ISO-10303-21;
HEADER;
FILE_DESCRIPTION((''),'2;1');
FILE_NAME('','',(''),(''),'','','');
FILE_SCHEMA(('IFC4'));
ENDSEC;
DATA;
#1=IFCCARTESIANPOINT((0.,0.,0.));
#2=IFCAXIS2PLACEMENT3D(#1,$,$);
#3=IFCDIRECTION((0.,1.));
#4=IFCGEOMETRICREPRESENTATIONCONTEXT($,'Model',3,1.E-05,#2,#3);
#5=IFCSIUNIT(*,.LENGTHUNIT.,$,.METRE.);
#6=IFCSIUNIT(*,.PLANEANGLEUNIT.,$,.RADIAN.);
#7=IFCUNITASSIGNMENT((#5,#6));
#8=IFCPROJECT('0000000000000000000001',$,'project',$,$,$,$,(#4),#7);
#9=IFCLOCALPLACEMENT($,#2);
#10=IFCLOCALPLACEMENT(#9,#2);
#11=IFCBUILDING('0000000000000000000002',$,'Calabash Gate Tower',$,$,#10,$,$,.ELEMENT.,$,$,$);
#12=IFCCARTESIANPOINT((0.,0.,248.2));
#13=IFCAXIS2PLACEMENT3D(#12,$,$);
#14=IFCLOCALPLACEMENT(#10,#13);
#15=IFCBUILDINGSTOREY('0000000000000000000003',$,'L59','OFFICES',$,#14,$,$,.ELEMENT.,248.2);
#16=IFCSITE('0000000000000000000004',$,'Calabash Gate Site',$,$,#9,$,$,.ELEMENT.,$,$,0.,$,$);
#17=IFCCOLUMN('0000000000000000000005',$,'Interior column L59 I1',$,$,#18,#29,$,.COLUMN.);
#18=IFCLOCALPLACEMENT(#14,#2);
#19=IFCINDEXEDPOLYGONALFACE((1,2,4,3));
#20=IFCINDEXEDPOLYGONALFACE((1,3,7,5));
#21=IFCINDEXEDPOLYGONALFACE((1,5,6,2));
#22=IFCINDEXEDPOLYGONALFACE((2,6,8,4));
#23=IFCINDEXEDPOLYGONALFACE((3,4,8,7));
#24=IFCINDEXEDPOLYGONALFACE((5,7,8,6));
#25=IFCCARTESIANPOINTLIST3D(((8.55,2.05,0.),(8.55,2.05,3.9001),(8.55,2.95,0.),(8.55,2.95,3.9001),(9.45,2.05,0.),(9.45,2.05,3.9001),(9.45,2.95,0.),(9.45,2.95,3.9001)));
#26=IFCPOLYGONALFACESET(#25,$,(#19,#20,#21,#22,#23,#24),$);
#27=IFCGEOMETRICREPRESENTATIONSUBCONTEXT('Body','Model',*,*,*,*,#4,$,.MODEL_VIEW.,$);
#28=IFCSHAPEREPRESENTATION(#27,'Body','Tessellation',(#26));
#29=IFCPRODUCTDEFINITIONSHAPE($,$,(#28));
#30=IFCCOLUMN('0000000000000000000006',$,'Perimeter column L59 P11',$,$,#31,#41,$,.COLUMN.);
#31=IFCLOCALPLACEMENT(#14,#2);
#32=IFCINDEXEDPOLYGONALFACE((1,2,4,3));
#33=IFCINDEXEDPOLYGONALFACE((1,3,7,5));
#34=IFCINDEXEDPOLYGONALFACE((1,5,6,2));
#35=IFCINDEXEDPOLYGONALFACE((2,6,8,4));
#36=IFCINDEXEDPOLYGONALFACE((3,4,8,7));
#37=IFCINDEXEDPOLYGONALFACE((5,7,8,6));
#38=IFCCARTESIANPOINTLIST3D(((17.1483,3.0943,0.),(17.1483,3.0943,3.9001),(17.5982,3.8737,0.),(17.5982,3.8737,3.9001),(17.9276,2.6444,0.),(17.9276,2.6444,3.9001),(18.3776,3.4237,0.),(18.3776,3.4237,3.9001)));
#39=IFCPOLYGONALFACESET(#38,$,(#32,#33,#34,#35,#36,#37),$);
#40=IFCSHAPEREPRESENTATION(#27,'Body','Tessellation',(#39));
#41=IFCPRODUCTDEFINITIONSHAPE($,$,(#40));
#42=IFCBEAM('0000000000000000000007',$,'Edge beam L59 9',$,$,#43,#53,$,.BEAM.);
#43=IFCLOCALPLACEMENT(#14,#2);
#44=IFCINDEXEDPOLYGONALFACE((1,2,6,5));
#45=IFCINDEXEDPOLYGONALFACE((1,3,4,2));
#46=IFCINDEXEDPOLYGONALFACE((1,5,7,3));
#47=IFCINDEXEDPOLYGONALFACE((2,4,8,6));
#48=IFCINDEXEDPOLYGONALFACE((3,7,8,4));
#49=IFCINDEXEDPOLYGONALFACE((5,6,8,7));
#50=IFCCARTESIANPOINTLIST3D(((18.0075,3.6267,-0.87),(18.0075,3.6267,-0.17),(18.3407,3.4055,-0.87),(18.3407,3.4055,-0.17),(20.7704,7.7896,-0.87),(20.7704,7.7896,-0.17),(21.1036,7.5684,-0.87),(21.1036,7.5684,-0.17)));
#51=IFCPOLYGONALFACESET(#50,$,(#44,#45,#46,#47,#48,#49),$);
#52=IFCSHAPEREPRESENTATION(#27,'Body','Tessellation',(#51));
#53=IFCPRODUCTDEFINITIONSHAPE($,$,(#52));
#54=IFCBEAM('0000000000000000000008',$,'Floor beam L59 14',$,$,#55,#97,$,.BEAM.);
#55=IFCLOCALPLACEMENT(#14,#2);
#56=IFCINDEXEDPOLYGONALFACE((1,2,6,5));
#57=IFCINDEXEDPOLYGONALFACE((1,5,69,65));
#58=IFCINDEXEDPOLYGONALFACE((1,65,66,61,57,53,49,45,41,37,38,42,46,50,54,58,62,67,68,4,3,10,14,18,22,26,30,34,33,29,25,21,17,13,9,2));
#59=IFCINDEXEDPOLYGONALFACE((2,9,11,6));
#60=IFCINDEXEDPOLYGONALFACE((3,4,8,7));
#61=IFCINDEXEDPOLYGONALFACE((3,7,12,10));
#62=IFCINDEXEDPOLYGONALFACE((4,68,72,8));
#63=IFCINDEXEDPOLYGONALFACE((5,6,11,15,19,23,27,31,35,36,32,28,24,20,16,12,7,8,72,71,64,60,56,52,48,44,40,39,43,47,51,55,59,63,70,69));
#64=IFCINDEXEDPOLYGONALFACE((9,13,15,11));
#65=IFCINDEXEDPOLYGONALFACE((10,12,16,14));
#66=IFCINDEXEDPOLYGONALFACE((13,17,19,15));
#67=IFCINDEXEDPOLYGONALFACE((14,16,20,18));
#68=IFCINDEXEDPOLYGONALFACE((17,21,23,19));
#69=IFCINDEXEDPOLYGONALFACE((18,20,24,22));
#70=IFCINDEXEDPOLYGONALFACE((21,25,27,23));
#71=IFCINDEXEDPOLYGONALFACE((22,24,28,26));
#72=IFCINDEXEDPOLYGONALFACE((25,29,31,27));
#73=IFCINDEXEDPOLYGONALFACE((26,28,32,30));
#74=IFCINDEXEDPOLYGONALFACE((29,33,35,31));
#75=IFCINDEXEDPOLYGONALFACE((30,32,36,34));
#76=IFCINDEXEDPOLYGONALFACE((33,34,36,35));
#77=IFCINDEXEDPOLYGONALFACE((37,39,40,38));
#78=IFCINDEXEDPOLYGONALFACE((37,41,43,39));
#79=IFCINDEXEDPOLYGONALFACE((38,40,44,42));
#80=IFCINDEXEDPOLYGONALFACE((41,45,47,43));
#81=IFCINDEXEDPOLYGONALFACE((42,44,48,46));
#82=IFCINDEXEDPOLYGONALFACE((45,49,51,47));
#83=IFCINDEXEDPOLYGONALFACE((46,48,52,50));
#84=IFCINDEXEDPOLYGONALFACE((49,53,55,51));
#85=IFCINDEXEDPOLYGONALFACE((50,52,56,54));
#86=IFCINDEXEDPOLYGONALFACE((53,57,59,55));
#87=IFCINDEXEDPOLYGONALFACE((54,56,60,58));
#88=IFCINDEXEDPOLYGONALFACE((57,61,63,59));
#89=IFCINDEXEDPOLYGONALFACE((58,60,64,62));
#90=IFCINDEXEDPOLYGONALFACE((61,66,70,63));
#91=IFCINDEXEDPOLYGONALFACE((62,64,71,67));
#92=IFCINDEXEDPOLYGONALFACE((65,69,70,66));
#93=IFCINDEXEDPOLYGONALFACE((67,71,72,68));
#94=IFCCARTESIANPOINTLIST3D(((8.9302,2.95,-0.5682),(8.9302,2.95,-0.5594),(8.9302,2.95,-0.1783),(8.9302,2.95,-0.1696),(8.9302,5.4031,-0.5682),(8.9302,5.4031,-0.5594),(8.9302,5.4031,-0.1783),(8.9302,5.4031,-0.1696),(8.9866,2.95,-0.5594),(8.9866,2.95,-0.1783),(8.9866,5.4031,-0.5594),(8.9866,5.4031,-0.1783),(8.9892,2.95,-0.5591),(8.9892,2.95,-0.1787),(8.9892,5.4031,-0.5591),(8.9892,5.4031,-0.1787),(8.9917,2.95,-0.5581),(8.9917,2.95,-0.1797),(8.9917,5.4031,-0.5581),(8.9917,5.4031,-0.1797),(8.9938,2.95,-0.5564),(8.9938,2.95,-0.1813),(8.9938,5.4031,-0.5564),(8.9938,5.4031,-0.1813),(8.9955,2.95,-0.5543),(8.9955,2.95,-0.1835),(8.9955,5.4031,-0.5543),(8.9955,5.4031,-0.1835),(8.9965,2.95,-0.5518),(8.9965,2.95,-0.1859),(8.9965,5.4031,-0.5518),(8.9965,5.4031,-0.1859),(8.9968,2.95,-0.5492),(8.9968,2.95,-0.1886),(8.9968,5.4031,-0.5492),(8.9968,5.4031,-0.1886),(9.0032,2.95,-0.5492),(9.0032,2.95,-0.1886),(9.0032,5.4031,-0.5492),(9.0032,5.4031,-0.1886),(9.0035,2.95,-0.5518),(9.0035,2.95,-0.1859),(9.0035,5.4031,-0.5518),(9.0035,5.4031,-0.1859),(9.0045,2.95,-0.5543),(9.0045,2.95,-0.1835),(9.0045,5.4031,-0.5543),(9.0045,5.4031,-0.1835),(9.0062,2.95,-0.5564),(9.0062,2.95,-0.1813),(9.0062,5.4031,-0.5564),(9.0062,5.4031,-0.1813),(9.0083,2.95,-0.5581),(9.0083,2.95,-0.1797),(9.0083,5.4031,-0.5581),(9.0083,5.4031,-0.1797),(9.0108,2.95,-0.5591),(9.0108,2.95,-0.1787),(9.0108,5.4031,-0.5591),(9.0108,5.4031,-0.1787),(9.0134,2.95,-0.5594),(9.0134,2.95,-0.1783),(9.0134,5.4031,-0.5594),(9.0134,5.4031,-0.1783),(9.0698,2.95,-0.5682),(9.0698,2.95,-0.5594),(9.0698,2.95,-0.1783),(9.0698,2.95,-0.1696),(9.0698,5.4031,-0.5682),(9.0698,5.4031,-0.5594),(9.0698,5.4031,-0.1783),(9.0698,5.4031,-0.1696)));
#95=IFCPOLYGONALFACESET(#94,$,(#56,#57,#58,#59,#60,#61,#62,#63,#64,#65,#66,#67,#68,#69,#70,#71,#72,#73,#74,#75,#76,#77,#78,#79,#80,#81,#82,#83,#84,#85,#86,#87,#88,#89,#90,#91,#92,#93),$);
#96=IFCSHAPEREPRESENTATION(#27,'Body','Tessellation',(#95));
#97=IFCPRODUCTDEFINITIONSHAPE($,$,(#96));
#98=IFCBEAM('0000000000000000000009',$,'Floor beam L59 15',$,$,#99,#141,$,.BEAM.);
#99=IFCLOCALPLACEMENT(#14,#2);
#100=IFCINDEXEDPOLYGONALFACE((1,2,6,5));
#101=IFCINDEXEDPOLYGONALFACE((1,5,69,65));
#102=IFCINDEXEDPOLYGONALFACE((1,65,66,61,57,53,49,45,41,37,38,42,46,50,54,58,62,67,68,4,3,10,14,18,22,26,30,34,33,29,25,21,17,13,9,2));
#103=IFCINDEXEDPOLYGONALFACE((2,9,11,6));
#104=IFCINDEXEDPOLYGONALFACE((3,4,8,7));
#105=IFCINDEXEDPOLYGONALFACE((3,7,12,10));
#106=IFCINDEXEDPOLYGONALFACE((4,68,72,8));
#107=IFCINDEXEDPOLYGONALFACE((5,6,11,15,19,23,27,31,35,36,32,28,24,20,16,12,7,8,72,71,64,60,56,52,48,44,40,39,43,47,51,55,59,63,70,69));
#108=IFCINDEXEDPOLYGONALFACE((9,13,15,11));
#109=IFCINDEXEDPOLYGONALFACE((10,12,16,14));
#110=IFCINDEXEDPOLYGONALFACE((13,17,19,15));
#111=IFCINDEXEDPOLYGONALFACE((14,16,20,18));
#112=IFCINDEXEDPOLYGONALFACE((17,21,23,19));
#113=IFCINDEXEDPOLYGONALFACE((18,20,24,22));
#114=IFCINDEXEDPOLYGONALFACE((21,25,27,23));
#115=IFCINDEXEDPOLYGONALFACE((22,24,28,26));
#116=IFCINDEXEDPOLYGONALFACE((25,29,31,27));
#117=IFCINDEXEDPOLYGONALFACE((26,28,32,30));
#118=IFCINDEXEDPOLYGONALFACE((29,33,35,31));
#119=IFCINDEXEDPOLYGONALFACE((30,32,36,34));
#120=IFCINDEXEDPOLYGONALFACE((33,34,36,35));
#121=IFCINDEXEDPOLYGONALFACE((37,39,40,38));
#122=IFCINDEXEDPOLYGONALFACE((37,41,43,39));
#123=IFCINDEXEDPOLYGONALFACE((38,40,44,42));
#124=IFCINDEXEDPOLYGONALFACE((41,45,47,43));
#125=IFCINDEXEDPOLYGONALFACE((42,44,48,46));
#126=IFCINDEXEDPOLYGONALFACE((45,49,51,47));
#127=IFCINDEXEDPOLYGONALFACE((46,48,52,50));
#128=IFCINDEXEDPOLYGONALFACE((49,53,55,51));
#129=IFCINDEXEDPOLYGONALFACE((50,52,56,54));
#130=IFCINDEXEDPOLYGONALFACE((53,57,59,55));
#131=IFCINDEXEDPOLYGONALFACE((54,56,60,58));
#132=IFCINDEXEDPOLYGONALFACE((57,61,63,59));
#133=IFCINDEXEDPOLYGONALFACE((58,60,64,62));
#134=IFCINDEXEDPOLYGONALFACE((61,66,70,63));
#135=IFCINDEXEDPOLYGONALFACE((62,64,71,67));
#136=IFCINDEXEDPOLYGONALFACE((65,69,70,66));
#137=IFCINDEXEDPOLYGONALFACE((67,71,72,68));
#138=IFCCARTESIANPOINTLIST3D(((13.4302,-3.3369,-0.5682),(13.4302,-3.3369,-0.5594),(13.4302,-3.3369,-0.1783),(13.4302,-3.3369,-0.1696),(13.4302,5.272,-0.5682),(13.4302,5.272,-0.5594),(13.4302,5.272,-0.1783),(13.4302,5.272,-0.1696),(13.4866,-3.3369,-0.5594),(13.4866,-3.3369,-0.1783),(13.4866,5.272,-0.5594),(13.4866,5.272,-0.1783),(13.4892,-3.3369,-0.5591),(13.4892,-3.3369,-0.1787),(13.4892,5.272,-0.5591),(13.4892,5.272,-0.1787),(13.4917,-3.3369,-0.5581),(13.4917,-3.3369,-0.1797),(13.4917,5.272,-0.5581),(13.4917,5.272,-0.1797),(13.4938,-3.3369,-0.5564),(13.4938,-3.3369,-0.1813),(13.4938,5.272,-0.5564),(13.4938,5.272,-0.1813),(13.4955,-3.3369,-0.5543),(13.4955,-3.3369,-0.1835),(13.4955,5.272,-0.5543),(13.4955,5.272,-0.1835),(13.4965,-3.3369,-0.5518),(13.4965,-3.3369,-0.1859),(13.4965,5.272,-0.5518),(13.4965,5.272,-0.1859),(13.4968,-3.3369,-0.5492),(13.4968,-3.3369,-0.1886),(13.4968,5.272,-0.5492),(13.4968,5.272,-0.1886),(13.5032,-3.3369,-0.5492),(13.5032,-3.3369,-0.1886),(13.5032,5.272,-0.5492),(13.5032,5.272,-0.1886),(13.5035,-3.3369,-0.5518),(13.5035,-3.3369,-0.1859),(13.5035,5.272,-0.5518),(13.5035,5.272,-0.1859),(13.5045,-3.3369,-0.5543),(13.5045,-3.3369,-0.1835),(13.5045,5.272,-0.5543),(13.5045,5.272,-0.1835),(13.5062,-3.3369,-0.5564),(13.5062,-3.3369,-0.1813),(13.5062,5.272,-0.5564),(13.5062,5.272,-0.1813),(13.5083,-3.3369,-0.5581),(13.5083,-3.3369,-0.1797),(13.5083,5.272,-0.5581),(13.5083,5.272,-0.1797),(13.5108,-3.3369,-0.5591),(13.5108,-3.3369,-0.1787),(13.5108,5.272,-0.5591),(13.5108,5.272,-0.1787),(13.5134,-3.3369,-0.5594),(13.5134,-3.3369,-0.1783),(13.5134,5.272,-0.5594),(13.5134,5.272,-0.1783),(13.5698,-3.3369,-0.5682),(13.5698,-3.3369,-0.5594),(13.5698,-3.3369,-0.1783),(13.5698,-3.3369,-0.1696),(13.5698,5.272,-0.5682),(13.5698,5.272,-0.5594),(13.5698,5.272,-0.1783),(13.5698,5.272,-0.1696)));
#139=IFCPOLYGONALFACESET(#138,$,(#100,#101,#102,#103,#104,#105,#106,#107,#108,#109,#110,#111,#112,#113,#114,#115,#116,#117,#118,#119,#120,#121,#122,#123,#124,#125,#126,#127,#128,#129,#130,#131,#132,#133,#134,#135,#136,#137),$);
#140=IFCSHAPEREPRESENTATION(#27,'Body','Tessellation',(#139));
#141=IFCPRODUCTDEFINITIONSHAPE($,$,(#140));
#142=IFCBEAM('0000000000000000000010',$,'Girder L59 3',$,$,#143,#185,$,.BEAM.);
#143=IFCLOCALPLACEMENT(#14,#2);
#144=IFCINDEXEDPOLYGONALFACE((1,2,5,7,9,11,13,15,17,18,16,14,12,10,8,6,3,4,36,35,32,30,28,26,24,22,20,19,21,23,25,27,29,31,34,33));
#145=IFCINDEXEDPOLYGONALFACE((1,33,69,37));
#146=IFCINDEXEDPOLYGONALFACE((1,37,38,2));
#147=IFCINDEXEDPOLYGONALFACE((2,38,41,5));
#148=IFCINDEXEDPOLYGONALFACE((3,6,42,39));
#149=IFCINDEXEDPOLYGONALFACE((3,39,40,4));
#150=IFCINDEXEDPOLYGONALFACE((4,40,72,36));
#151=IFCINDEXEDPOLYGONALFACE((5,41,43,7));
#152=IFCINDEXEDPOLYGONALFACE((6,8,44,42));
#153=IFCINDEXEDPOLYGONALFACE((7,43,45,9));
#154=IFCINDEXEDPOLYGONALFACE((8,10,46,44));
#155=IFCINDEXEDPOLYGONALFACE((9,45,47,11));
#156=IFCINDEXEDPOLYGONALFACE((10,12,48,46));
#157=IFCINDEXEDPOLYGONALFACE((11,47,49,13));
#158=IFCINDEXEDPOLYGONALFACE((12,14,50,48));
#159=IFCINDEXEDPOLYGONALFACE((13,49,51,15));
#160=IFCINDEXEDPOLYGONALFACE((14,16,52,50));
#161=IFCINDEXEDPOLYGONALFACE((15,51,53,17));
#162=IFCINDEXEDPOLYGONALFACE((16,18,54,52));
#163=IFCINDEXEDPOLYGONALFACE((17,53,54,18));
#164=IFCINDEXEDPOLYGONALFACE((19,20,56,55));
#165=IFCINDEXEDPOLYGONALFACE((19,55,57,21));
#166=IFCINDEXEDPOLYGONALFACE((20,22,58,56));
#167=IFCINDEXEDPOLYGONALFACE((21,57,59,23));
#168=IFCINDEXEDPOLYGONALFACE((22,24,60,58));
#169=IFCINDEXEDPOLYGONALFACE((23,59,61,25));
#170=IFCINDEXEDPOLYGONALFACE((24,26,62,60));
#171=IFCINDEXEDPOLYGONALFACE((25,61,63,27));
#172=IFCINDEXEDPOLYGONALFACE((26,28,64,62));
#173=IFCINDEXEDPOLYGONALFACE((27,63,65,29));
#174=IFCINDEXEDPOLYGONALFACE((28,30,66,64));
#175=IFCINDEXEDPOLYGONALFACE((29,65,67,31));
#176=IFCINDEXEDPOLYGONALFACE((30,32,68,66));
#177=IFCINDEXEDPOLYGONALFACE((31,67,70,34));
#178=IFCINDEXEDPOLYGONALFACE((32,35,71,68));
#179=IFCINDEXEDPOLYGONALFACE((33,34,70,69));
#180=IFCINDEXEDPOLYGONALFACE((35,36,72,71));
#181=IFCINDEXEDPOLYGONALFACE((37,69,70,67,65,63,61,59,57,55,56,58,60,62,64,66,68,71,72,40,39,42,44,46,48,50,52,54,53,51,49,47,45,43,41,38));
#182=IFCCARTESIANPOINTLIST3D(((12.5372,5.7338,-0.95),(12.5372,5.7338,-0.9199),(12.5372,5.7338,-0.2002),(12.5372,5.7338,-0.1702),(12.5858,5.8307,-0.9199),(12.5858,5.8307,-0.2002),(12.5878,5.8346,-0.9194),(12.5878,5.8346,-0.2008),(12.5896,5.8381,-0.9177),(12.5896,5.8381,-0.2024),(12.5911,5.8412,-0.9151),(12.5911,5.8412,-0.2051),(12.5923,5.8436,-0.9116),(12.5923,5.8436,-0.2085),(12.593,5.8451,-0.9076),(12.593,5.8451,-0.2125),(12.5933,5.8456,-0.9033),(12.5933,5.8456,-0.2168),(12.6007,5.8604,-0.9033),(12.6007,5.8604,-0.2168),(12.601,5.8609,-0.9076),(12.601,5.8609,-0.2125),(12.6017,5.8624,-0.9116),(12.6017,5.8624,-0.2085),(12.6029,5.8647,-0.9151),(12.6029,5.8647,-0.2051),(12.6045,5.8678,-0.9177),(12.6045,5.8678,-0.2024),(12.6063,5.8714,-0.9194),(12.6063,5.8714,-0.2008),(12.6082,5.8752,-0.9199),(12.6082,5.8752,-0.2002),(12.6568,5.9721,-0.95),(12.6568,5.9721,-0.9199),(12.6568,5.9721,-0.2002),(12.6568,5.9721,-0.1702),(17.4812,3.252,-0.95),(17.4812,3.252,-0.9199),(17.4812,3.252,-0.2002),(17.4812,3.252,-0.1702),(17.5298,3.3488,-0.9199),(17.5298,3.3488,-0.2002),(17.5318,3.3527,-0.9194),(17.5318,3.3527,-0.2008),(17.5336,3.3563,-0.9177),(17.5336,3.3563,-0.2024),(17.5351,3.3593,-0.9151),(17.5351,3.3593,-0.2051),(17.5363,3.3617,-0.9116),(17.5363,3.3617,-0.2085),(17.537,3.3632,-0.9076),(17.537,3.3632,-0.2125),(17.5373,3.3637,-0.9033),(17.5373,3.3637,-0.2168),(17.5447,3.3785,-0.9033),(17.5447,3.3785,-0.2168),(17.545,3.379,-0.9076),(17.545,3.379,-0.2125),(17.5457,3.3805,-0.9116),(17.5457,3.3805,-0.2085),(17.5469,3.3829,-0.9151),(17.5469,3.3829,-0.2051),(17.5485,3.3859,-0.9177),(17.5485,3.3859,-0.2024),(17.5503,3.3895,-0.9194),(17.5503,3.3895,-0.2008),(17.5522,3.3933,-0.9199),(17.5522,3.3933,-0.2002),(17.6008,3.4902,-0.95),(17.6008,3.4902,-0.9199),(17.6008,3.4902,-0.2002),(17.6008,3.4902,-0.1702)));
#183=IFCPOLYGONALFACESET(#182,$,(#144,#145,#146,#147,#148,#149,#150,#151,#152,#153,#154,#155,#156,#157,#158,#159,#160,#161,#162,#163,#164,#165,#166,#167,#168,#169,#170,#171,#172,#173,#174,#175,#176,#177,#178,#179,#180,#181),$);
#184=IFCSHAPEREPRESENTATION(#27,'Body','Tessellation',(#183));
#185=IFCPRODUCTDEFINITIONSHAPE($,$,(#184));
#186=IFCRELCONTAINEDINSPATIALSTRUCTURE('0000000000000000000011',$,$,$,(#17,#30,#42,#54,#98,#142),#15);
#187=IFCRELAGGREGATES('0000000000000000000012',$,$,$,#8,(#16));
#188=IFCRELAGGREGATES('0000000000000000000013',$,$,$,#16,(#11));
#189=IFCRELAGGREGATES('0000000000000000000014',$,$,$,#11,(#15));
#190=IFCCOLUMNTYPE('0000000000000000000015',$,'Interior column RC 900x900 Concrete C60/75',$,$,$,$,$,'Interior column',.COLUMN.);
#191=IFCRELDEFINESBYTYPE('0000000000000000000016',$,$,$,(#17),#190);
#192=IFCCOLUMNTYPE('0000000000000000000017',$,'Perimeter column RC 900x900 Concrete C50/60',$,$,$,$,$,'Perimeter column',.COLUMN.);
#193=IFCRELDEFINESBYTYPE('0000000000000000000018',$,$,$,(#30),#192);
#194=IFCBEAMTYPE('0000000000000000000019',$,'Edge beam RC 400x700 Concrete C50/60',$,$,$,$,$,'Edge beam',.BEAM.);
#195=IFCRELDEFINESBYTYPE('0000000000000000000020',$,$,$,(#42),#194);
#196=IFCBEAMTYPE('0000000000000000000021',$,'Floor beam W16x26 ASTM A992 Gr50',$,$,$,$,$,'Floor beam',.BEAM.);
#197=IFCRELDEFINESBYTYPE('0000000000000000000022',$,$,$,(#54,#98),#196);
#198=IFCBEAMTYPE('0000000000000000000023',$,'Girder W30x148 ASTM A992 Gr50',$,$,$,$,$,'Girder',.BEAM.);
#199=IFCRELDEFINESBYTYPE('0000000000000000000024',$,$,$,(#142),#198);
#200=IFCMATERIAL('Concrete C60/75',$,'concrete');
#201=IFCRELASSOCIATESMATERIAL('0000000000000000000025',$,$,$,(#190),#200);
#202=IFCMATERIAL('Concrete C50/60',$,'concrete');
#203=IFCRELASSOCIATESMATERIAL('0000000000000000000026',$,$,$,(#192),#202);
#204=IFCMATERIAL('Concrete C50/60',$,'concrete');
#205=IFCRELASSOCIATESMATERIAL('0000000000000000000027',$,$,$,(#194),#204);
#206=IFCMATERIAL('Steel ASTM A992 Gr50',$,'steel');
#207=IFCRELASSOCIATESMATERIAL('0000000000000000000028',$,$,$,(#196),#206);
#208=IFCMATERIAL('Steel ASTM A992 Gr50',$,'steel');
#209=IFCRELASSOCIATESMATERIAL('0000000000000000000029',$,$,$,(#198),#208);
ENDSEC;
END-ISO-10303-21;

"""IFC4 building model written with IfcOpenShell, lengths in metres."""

from ifc_helpers import new_model, si_unit, direction, frame, origin, origin_2d, place, context, subcontext, project, spatial, rectangle, i_section, extrude, material, material_profile, profile_set, type_object, element, save


model = new_model("IFC4")

# Units and contexts
model_context = context("Model", 3, precision=1e-05, world=origin(), true_north=direction((0.0, 1.0)))
body_context = subcontext(model_context, "Body", "Model", "MODEL_VIEW")
ifc_project = project(units=[si_unit("LENGTHUNIT", "METRE"), si_unit("PLANEANGLEUNIT", "RADIAN")], contexts=[model_context])

# Site, building, storey
site_placement = place(None, origin())
site = spatial("IfcSite", under=ifc_project, at=site_placement, Name="Calabash Gate Site", CompositionType="ELEMENT", RefElevation=0.0)
building_placement = place(site_placement, origin())
building = spatial("IfcBuilding", under=site, at=building_placement, Name="Calabash Gate Tower", CompositionType="ELEMENT")
storey_placement = place(building_placement, frame((0.0, 0.0, 248.2)))
storey = spatial("IfcBuildingStorey", under=building, at=storey_placement, Name="L59", Description="OFFICES", CompositionType="ELEMENT", Elevation=248.2)

# Columns
ifc_material_1 = material(Name="Concrete C60/75", Category="concrete")
ifc_material_profile_1 = material_profile(ifc_material_1, rectangle(XDim=0.8999, YDim=0.8999, at=origin_2d()))
ifc_profile_set_1 = profile_set([ifc_material_profile_1], Name="Concrete C60/75")
column_type_1 = type_object("IfcColumnType", Name="Interior column RC 900x900 Concrete C60/75", ElementType="Interior column", PredefinedType="COLUMN", material=ifc_profile_set_1)
column_1_placement = place(storey_placement, frame((9.0, 2.5, 0.0), z_axis=(0.0, 0.0, 1.0), x_axis=(1.0, 0.0, 0.0)))
element("IfcColumn", 1, at=column_1_placement, inside=storey, type_object=column_type_1, Name="Interior column L59 I1", PredefinedType="COLUMN", context=body_context, shape_type="SweptSolid", body=[
    extrude(rectangle(XDim=0.8999, YDim=0.8999, at=origin_2d()), origin(), (0.0, 0.0, 1.0), 3.9001),
])
ifc_material_2 = material(Name="Concrete C50/60", Category="concrete")
ifc_material_profile_2 = material_profile(ifc_material_2, rectangle(XDim=0.8999, YDim=0.8999, at=origin_2d()))
ifc_profile_set_2 = profile_set([ifc_material_profile_2], Name="Concrete C50/60")
column_type_2 = type_object("IfcColumnType", Name="Perimeter column RC 900x900 Concrete C50/60", ElementType="Perimeter column", PredefinedType="COLUMN", material=ifc_profile_set_2)
column_2_placement = place(storey_placement, frame((17.7629, 3.259, 0.0), z_axis=(0.0, 0.0, 1.0), x_axis=(0.5, 0.866025, 0.0)))
element("IfcColumn", 2, at=column_2_placement, inside=storey, type_object=column_type_2, Name="Perimeter column L59 P11", PredefinedType="COLUMN", context=body_context, shape_type="SweptSolid", body=[
    extrude(rectangle(XDim=0.8999, YDim=0.8999, at=origin_2d()), origin(), (0.0, 0.0, 1.0), 3.9001),
])

# Beams
ifc_material_3 = material(Name="Concrete C50/60", Category="concrete")
ifc_material_profile_3 = material_profile(ifc_material_3, rectangle(XDim=0.3999, YDim=0.7, at=origin_2d()))
ifc_profile_set_3 = profile_set([ifc_material_profile_3], Name="Concrete C50/60")
beam_type_1 = type_object("IfcBeamType", Name="Edge beam RC 400x700 Concrete C50/60", ElementType="Edge beam", PredefinedType="BEAM", material=ifc_profile_set_3)
beam_1_placement = place(storey_placement, frame((18.1741, 3.5161, -0.52), z_axis=(0.552996, 0.833184, 0.0), x_axis=(-0.833184, 0.552996, 0.0)))
element("IfcBeam", 3, at=beam_1_placement, inside=storey, type_object=beam_type_1, Name="Edge beam L59 9", PredefinedType="BEAM", context=body_context, shape_type="SweptSolid", body=[
    extrude(rectangle(XDim=0.3999, YDim=0.7, at=origin_2d()), origin(), (0.0, 0.0, 1.0), 4.9963),
])
ifc_material_4 = material(Name="Steel ASTM A992 Gr50", Category="steel")
ifc_material_profile_4 = material_profile(ifc_material_4, i_section(OverallWidth=0.1396, OverallDepth=0.3987, WebThickness=0.0063, FlangeThickness=0.0088, FilletRadius=0.0103, at=origin_2d()))
ifc_profile_set_4 = profile_set([ifc_material_profile_4], Name="Steel ASTM A992 Gr50")
beam_type_2 = type_object("IfcBeamType", Name="Floor beam W16x26 ASTM A992 Gr50", ElementType="Floor beam", PredefinedType="BEAM", material=ifc_profile_set_4)
beam_2_placement = place(storey_placement, frame((9.0, 2.95, -0.3689), z_axis=(0.0, 1.0, 0.0), x_axis=(-1.0, 0.0, 0.0)))
element("IfcBeam", 4, at=beam_2_placement, inside=storey, type_object=beam_type_2, Name="Floor beam L59 14", PredefinedType="BEAM", context=body_context, shape_type="SweptSolid", body=[
    extrude(i_section(OverallWidth=0.1396, OverallDepth=0.3987, WebThickness=0.0063, FlangeThickness=0.0088, FilletRadius=0.0103, at=origin_2d()), origin(), (0.0, 0.0, 1.0), 2.4531),
])
beam_3_placement = place(storey_placement, frame((13.5, -3.3369, -0.3689), z_axis=(0.0, 1.0, 0.0), x_axis=(-1.0, 0.0, 0.0)))
element("IfcBeam", 5, at=beam_3_placement, inside=storey, type_object=beam_type_2, Name="Floor beam L59 15", PredefinedType="BEAM", context=body_context, shape_type="SweptSolid", body=[
    extrude(i_section(OverallWidth=0.1396, OverallDepth=0.3987, WebThickness=0.0063, FlangeThickness=0.0088, FilletRadius=0.0103, at=origin_2d()), origin(), (0.0, 0.0, 1.0), 8.6089),
])
ifc_material_5 = material(Name="Steel ASTM A992 Gr50", Category="steel")
ifc_material_profile_5 = material_profile(ifc_material_5, i_section(OverallWidth=0.2666, OverallDepth=0.7798, WebThickness=0.0166, FlangeThickness=0.03, FilletRadius=0.0166, at=origin_2d()))
ifc_profile_set_5 = profile_set([ifc_material_profile_5], Name="Steel ASTM A992 Gr50")
beam_type_3 = type_object("IfcBeamType", Name="Girder W30x148 ASTM A992 Gr50", ElementType="Girder", PredefinedType="BEAM", material=ifc_profile_set_5)
beam_4_placement = place(storey_placement, frame((17.541, 3.3711, -0.5601), z_axis=(-0.893711, 0.448643, 0.0), x_axis=(-0.448643, -0.893711, 0.0)))
element("IfcBeam", 6, at=beam_4_placement, inside=storey, type_object=beam_type_3, Name="Girder L59 3", PredefinedType="BEAM", context=body_context, shape_type="SweptSolid", body=[
    extrude(i_section(OverallWidth=0.2666, OverallDepth=0.7798, WebThickness=0.0166, FlangeThickness=0.03, FilletRadius=0.0166, at=origin_2d()), origin(), (0.0, 0.0, 1.0), 5.532),
])

save(model, "model.ifc")
